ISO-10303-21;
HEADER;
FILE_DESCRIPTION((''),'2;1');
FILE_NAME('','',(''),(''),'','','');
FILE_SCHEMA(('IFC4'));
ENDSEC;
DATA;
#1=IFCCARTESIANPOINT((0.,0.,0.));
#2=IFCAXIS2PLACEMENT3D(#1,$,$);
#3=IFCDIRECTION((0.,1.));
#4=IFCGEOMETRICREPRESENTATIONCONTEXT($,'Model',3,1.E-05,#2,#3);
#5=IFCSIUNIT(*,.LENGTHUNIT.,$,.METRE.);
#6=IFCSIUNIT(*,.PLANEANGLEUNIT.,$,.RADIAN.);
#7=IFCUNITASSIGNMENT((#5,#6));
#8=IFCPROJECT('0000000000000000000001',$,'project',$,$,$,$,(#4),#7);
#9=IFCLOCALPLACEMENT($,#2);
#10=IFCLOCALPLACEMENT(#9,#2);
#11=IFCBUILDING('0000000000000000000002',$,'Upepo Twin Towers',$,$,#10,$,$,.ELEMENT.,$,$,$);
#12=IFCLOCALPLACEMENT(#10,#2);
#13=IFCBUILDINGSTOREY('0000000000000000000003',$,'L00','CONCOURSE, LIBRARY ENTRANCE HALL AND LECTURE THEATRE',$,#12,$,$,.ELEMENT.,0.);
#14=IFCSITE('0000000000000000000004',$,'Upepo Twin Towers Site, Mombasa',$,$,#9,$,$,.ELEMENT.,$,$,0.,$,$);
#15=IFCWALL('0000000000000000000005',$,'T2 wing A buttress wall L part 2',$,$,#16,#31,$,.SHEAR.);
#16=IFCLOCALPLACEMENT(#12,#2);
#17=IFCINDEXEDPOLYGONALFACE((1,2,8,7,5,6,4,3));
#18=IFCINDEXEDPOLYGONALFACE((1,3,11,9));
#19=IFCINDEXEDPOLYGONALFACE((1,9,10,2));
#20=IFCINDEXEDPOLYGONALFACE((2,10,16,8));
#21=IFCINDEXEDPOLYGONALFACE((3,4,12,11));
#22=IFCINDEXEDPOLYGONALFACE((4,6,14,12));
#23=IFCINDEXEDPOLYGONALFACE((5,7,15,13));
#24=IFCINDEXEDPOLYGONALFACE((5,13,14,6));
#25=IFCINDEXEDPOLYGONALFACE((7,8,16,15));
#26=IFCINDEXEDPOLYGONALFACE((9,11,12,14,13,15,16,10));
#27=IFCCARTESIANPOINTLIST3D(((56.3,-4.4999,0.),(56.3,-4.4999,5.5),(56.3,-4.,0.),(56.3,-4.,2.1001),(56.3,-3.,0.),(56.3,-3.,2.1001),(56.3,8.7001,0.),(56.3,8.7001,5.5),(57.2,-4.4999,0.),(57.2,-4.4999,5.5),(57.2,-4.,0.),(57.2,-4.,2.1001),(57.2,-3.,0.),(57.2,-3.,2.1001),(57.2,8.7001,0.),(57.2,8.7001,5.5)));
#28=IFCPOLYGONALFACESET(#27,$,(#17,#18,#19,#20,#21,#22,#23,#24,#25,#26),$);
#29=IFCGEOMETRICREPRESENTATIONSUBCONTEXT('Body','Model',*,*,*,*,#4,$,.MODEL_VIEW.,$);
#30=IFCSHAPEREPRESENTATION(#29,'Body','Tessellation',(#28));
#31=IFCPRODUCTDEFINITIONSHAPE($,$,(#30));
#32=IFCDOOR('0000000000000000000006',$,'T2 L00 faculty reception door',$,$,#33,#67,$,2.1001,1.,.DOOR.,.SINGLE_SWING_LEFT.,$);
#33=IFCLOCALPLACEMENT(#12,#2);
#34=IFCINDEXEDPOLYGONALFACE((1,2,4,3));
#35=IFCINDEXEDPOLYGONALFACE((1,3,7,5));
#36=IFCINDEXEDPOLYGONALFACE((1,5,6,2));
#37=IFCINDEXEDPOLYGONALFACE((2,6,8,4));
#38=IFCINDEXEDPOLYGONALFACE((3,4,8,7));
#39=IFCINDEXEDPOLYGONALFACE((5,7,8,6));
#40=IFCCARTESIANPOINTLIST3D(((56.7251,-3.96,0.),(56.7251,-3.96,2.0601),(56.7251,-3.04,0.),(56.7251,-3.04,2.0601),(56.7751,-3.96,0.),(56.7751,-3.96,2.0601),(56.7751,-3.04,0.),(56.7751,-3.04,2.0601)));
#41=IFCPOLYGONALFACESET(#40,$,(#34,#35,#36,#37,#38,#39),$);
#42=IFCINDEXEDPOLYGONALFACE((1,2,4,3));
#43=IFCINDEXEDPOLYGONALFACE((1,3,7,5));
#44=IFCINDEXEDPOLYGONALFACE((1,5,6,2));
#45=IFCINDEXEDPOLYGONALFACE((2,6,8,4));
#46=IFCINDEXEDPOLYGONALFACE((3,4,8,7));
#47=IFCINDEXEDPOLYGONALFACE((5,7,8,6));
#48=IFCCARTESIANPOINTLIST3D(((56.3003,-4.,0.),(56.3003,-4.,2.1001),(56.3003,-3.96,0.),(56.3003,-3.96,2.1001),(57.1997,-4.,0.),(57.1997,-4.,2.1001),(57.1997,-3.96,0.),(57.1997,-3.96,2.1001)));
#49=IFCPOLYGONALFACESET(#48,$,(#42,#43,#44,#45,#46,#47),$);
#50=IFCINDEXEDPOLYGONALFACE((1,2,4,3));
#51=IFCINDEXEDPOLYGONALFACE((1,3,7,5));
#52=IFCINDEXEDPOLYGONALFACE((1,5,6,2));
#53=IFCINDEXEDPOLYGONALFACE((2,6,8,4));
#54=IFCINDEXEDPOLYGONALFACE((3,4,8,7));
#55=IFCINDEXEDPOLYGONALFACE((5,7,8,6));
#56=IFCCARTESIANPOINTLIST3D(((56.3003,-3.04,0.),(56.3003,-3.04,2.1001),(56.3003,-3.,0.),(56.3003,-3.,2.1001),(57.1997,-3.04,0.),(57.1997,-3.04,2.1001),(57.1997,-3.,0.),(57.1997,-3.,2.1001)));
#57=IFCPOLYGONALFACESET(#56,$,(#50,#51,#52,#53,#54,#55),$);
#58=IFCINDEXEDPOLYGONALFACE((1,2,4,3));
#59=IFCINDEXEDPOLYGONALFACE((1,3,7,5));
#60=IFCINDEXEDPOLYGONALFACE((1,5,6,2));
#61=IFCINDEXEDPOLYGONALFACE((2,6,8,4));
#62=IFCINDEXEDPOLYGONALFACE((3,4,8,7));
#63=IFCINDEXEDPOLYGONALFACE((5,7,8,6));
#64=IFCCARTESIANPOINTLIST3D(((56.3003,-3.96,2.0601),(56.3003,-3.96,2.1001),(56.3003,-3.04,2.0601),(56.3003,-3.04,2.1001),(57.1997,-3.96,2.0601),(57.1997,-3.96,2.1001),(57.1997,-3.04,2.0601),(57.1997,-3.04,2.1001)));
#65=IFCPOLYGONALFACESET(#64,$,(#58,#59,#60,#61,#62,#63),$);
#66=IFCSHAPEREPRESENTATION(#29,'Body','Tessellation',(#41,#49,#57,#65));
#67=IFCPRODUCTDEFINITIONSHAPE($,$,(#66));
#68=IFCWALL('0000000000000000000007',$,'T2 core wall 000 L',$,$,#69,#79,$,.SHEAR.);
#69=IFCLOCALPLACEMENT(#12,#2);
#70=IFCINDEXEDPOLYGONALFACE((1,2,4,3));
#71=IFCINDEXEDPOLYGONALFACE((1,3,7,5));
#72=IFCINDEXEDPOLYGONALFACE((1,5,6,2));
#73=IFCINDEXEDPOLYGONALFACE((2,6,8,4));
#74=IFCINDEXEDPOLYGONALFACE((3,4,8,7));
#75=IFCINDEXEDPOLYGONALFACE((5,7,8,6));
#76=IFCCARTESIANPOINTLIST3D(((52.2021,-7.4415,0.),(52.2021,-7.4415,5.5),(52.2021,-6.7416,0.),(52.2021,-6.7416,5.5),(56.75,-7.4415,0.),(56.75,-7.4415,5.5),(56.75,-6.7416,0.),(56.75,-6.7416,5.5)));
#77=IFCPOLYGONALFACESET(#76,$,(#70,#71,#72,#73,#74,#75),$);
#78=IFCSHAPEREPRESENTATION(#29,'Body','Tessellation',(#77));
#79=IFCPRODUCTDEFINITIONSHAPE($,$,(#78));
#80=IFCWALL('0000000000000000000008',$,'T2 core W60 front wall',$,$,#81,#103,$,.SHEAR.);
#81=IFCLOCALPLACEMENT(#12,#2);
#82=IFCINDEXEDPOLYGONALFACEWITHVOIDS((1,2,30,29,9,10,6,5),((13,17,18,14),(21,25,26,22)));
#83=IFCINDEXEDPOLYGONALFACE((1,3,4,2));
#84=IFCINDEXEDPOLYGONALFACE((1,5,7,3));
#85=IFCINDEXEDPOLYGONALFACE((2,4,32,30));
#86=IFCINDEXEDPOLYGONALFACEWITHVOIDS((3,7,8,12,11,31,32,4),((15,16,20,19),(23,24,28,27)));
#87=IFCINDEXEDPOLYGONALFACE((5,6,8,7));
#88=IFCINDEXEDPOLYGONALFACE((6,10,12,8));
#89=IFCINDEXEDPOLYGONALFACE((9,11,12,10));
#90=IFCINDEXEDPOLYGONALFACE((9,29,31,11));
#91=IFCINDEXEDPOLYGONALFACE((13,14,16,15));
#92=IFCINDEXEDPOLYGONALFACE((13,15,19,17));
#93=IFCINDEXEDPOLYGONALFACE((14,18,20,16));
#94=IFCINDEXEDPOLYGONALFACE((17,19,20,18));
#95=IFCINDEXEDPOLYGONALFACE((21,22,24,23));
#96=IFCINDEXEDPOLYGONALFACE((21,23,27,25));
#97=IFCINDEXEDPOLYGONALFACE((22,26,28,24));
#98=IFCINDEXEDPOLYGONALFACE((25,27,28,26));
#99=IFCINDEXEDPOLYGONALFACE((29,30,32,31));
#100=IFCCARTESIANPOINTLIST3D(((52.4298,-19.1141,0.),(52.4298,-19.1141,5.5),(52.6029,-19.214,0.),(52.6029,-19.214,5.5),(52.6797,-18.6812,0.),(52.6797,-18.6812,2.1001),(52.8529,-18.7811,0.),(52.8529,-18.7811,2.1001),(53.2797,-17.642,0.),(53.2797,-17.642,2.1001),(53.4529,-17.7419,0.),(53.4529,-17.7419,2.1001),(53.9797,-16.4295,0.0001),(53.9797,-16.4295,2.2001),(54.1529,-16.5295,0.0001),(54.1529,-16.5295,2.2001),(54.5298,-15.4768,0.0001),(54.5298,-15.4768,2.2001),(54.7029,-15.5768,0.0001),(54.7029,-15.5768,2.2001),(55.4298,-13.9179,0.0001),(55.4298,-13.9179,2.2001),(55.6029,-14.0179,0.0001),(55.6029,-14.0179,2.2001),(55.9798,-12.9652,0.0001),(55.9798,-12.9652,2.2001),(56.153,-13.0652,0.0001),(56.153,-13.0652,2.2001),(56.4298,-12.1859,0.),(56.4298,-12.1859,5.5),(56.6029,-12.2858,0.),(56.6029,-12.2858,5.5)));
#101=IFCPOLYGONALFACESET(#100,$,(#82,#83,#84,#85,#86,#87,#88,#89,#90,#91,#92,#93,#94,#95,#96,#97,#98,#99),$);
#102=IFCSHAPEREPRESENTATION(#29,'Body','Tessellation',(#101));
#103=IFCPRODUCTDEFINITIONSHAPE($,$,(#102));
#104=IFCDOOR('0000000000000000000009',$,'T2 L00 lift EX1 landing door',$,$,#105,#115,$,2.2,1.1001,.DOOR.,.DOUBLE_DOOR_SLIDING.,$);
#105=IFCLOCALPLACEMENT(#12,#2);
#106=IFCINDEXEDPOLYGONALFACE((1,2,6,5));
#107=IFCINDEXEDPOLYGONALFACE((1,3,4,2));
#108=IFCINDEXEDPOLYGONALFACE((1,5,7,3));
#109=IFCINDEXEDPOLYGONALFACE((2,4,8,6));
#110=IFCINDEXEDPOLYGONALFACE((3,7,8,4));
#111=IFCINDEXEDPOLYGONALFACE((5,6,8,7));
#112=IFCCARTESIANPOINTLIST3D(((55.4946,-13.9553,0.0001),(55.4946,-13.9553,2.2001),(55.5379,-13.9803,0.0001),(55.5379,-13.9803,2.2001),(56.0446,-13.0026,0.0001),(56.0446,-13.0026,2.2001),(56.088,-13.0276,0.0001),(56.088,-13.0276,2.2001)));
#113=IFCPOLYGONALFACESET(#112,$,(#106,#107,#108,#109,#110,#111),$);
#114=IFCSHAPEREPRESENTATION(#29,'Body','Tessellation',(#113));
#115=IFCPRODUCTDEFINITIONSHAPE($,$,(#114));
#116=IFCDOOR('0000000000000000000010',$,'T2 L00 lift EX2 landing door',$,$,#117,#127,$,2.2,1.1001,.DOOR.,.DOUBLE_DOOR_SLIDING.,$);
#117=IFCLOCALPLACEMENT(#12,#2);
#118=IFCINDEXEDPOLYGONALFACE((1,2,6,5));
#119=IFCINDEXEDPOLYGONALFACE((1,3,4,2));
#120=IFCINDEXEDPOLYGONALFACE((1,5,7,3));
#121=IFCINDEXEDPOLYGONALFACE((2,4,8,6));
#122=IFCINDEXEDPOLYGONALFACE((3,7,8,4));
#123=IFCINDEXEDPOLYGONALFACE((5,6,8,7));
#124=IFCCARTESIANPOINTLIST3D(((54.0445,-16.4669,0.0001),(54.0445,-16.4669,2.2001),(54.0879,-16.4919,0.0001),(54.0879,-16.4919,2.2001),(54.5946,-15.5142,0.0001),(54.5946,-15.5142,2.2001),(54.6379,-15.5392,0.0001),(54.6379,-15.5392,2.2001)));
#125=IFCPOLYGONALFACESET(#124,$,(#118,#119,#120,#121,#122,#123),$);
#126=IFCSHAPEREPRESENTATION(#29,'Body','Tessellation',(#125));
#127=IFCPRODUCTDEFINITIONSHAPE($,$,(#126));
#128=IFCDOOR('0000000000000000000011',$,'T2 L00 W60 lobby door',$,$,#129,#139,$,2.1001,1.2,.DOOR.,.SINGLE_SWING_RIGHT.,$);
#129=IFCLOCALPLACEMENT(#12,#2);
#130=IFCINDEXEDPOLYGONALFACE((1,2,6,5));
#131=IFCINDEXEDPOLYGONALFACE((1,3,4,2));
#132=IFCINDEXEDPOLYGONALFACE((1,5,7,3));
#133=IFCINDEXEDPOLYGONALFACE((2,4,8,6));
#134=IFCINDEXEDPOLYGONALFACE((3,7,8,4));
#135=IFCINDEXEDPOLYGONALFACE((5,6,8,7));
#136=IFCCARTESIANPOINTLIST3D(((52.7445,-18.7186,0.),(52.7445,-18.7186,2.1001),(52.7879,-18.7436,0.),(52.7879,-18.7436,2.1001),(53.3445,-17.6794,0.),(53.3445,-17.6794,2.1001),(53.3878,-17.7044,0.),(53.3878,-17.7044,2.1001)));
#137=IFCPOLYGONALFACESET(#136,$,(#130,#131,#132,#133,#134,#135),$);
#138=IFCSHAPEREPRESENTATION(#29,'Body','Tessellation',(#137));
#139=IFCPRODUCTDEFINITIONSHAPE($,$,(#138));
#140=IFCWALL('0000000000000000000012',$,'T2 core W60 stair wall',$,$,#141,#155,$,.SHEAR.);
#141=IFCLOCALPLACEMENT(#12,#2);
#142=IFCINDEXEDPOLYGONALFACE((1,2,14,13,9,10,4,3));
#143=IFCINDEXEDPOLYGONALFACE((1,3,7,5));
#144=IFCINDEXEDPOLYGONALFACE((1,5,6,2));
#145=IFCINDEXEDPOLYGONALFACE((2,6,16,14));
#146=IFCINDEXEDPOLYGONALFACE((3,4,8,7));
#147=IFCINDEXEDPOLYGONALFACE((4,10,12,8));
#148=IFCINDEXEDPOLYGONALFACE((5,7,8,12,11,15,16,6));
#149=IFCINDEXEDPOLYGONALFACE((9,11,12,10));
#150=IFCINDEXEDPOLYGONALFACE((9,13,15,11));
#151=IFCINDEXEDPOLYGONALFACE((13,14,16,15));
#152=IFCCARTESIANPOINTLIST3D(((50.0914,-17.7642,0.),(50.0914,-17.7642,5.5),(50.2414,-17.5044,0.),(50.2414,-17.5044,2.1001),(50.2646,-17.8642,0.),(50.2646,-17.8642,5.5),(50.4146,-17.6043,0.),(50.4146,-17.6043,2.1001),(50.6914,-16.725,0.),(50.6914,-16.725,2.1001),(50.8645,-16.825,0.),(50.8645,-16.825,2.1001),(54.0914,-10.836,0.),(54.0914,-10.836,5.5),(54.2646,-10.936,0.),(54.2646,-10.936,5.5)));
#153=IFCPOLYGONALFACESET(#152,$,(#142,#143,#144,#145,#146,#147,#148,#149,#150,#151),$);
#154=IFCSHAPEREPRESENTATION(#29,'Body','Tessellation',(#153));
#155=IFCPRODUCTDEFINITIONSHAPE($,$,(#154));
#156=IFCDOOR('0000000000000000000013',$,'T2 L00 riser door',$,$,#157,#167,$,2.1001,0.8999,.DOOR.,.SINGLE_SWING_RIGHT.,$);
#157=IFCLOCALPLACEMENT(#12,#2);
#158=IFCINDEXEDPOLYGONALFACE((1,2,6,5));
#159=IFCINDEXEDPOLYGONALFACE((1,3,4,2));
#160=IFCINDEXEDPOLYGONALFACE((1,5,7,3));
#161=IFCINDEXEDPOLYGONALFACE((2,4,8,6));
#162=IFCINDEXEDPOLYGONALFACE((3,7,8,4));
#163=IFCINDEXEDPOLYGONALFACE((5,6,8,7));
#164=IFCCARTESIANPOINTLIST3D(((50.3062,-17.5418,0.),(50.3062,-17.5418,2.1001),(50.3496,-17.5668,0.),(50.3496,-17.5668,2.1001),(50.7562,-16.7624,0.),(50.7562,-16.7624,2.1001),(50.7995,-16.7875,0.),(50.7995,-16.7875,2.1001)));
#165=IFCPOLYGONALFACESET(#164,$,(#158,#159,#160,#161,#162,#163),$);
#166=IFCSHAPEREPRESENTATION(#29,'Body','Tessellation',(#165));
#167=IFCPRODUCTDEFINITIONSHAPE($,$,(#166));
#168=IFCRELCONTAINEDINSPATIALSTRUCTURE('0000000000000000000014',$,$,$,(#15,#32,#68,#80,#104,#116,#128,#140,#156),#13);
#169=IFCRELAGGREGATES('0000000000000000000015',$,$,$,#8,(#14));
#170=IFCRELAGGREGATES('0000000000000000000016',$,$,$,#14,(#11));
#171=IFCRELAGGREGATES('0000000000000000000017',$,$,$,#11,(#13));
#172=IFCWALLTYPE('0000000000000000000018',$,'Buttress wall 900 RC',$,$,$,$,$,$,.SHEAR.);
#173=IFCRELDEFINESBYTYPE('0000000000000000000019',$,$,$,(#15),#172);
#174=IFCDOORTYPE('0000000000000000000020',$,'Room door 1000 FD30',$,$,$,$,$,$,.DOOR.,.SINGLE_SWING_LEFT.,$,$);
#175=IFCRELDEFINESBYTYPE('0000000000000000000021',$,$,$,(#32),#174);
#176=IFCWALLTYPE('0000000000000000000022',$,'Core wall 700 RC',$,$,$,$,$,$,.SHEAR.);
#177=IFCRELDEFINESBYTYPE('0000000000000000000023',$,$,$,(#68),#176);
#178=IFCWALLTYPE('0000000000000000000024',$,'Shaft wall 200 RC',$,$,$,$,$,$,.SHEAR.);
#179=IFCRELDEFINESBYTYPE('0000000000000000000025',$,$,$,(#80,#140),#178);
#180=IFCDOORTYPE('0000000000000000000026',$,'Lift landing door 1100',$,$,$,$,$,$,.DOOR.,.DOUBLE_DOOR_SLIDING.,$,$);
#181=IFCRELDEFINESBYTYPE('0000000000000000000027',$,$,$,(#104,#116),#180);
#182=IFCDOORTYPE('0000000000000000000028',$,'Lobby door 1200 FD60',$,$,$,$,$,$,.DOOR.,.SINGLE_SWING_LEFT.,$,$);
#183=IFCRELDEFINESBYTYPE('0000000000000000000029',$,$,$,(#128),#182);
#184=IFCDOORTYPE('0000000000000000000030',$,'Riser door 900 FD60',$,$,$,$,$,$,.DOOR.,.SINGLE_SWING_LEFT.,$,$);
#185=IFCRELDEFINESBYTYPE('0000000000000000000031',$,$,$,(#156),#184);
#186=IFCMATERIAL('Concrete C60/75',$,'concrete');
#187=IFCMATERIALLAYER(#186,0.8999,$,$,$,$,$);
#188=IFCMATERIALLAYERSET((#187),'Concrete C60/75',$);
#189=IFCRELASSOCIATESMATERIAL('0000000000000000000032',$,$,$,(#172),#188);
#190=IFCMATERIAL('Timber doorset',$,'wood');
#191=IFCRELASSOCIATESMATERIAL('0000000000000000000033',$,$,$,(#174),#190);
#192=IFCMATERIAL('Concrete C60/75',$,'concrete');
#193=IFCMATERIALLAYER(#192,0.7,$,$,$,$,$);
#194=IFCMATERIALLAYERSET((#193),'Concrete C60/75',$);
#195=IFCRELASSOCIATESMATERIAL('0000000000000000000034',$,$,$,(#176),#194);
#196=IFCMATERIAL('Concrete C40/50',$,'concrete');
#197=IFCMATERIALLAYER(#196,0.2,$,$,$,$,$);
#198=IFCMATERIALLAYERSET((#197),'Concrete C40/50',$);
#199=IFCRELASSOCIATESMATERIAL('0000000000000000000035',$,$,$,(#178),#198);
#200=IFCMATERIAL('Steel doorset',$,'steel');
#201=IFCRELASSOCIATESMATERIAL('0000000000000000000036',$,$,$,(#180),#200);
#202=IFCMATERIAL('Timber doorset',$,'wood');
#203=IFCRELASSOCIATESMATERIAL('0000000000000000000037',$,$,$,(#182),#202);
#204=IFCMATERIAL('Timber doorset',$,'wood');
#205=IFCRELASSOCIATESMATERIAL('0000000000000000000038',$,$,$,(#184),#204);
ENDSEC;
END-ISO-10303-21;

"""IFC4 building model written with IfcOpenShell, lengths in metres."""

from ifc_helpers import new_model, si_unit, direction, frame, frame_2d, origin, place, context, subcontext, project, spatial, rectangle, extrude, material, layer, layer_set, type_object, element, fill, save


model = new_model("IFC4")

# Units and contexts
model_context = context("Model", 3, precision=1e-05, world=origin(), true_north=direction((0.0, 1.0)))
body_context = subcontext(model_context, "Body", "Model", "MODEL_VIEW")
ifc_project = project(units=[si_unit("LENGTHUNIT", "METRE"), si_unit("PLANEANGLEUNIT", "RADIAN")], contexts=[model_context])

# Site, building, storey
site_placement = place(None, origin())
site = spatial("IfcSite", under=ifc_project, at=site_placement, Name="Upepo Twin Towers Site, Mombasa", CompositionType="ELEMENT", RefElevation=0.0)
building_placement = place(site_placement, origin())
building = spatial("IfcBuilding", under=site, at=building_placement, Name="Upepo Twin Towers", CompositionType="ELEMENT")
storey_placement = place(building_placement, origin())
storey = spatial("IfcBuildingStorey", under=building, at=storey_placement, Name="L00", Description="CONCOURSE, LIBRARY ENTRANCE HALL AND LECTURE THEATRE", CompositionType="ELEMENT", Elevation=0.0)

# Wall, opening, door
ifc_material_1 = material(Name="Concrete C60/75", Category="concrete")
ifc_layer_1 = layer(ifc_material_1, 0.8999)
ifc_layer_set_1 = layer_set([ifc_layer_1], Name="Concrete C60/75")
wall_type_1 = type_object("IfcWallType", Name="Buttress wall 900 RC", PredefinedType="SHEAR", material=ifc_layer_set_1)
wall_1_placement = place(storey_placement, frame((56.75, -4.5, 0.0), z_axis=(0.0, 0.0, 1.0), x_axis=(0.0, 1.0, 0.0)))
wall_1 = element("IfcWall", 1, at=wall_1_placement, inside=storey, type_object=wall_type_1, Name="T2 wing A buttress wall L part 2", PredefinedType="SHEAR", context=body_context, shape_type="SweptSolid", body=[
    extrude(rectangle(XDim=13.2, YDim=0.8999, at=frame_2d((6.6001, 0.0))), origin(), (0.0, 0.0, 1.0), 5.5),
])
opening_1_placement = place(wall_1_placement, frame((0.5, 0.0, 0.0)))
opening_1 = element("IfcOpeningElement", 2, at=opening_1_placement, cuts=wall_1, PredefinedType="OPENING", context=body_context, shape_type="SweptSolid", body=[
    extrude(rectangle(XDim=1.0, YDim=2.1001, at=frame_2d((0.5, 1.05))), frame((0.0, 0.46, 0.0), z_axis=(0.0, -1.0, 0.0), x_axis=(1.0, 0.0, 0.0)), (0.0, 0.0, 1.0), 0.9199),
])
ifc_material_2 = material(Name="Timber doorset", Category="wood")
door_type_1 = type_object("IfcDoorType", Name="Room door 1000 FD30", OperationType="SINGLE_SWING_LEFT", PredefinedType="DOOR", material=ifc_material_2)
door_1_placement = place(opening_1_placement, origin())
door_1 = element("IfcDoor", 3, at=door_1_placement, inside=storey, type_object=door_type_1, Name="T2 L00 faculty reception door", OperationType="SINGLE_SWING_LEFT", OverallHeight=2.1001, OverallWidth=1.0, PredefinedType="DOOR", context=body_context, shape_type="SweptSolid", body=[
    extrude(rectangle(XDim=0.92, YDim=2.0601, at=frame_2d((0.5, 1.03))), frame((0.0, 0.0249, 0.0), z_axis=(0.0, -1.0, 0.0), x_axis=(1.0, 0.0, 0.0)), (0.0, 0.0, 1.0), 0.05),
    extrude(rectangle(XDim=0.04, YDim=2.1001, at=frame_2d((0.02, 1.05))), frame((0.0, 0.4497, 0.0), z_axis=(0.0, -1.0, 0.0), x_axis=(1.0, 0.0, 0.0)), (0.0, 0.0, 1.0), 0.8994),
    extrude(rectangle(XDim=0.04, YDim=2.1001, at=frame_2d((0.98, 1.05))), frame((0.0, 0.4497, 0.0), z_axis=(0.0, -1.0, 0.0), x_axis=(1.0, 0.0, 0.0)), (0.0, 0.0, 1.0), 0.8994),
    extrude(rectangle(XDim=0.92, YDim=0.04, at=frame_2d((0.5, 2.0801))), frame((0.0, 0.4497, 0.0), z_axis=(0.0, -1.0, 0.0), x_axis=(1.0, 0.0, 0.0)), (0.0, 0.0, 1.0), 0.8994),
])
fill(opening_1, door_1)

# Wall
ifc_material_3 = material(Name="Concrete C60/75", Category="concrete")
ifc_layer_2 = layer(ifc_material_3, 0.7)
ifc_layer_set_2 = layer_set([ifc_layer_2], Name="Concrete C60/75")
wall_type_2 = type_object("IfcWallType", Name="Core wall 700 RC", PredefinedType="SHEAR", material=ifc_layer_set_2)
wall_2_placement = place(storey_placement, frame((56.75, -7.0916, 0.0), z_axis=(0.0, 0.0, 1.0), x_axis=(-1.0, 0.0, 0.0)))
element("IfcWall", 4, at=wall_2_placement, inside=storey, type_object=wall_type_2, Name="T2 core wall 000 L", PredefinedType="SHEAR", context=body_context, shape_type="SweptSolid", body=[
    extrude(rectangle(XDim=4.5479, YDim=0.7, at=frame_2d((2.2739, 0.0))), origin(), (0.0, 0.0, 1.0), 5.5),
])

# Wall, openings, doors
ifc_material_4 = material(Name="Concrete C40/50", Category="concrete")
ifc_layer_3 = layer(ifc_material_4, 0.2)
ifc_layer_set_3 = layer_set([ifc_layer_3], Name="Concrete C40/50")
wall_type_3 = type_object("IfcWallType", Name="Shaft wall 200 RC", PredefinedType="SHEAR", material=ifc_layer_set_3)
wall_3_placement = place(storey_placement, frame((56.5164, -12.2358, 0.0), z_axis=(0.0, 0.0, 1.0), x_axis=(-0.499999, -0.866026, 0.0)))
wall_3 = element("IfcWall", 5, at=wall_3_placement, inside=storey, type_object=wall_type_3, Name="T2 core W60 front wall", PredefinedType="SHEAR", context=body_context, shape_type="SweptSolid", body=[
    extrude(rectangle(XDim=8.0, YDim=0.2, at=frame_2d((4.0, 0.0))), origin(), (0.0, 0.0, 1.0), 5.5),
])
opening_2_placement = place(wall_3_placement, frame((6.3, 0.0, 0.0)))
opening_2 = element("IfcOpeningElement", 6, at=opening_2_placement, cuts=wall_3, PredefinedType="OPENING", context=body_context, shape_type="SweptSolid", body=[
    extrude(rectangle(XDim=1.2, YDim=2.1001, at=frame_2d((0.6001, 1.05))), frame((0.0, 0.1099, 0.0), z_axis=(0.0, -1.0, 0.0), x_axis=(1.0, 0.0, 0.0)), (0.0, 0.0, 1.0), 0.22),
])
opening_3_placement = place(wall_3_placement, frame((0.8999, 0.0, 0.0)))
opening_3 = element("IfcOpeningElement", 7, at=opening_3_placement, cuts=wall_3, PredefinedType="OPENING", context=body_context, shape_type="SweptSolid", body=[
    extrude(rectangle(XDim=1.1001, YDim=2.2, at=frame_2d((0.55, 1.1001))), frame((0.0, 0.1099, 0.0), z_axis=(0.0, -1.0, 0.0), x_axis=(1.0, 0.0, 0.0)), (0.0, 0.0, 1.0), 0.22),
])
opening_4_placement = place(wall_3_placement, frame((3.8, 0.0, 0.0)))
opening_4 = element("IfcOpeningElement", 8, at=opening_4_placement, cuts=wall_3, PredefinedType="OPENING", context=body_context, shape_type="SweptSolid", body=[
    extrude(rectangle(XDim=1.1001, YDim=2.2, at=frame_2d((0.55, 1.1001))), frame((0.0, 0.1099, 0.0), z_axis=(0.0, -1.0, 0.0), x_axis=(1.0, 0.0, 0.0)), (0.0, 0.0, 1.0), 0.22),
])
ifc_material_5 = material(Name="Steel doorset", Category="steel")
door_type_2 = type_object("IfcDoorType", Name="Lift landing door 1100", OperationType="DOUBLE_DOOR_SLIDING", PredefinedType="DOOR", material=ifc_material_5)
door_2_placement = place(opening_3_placement, origin())
door_2 = element("IfcDoor", 9, at=door_2_placement, inside=storey, type_object=door_type_2, Name="T2 L00 lift EX1 landing door", OperationType="DOUBLE_DOOR_SLIDING", OverallHeight=2.2, OverallWidth=1.1001, PredefinedType="DOOR", context=body_context, shape_type="SweptSolid", body=[
    extrude(rectangle(XDim=1.1001, YDim=2.2, at=frame_2d((0.55, 1.1001))), frame((0.0, 0.0249, 0.0), z_axis=(0.0, -1.0, 0.0), x_axis=(1.0, 0.0, 0.0)), (0.0, 0.0, 1.0), 0.05),
])
fill(opening_3, door_2)
door_3_placement = place(opening_4_placement, origin())
door_3 = element("IfcDoor", 10, at=door_3_placement, inside=storey, type_object=door_type_2, Name="T2 L00 lift EX2 landing door", OperationType="DOUBLE_DOOR_SLIDING", OverallHeight=2.2, OverallWidth=1.1001, PredefinedType="DOOR", context=body_context, shape_type="SweptSolid", body=[
    extrude(rectangle(XDim=1.1001, YDim=2.2, at=frame_2d((0.55, 1.1001))), frame((0.0, 0.0249, 0.0), z_axis=(0.0, -1.0, 0.0), x_axis=(1.0, 0.0, 0.0)), (0.0, 0.0, 1.0), 0.05),
])
fill(opening_4, door_3)
ifc_material_6 = material(Name="Timber doorset", Category="wood")
door_type_3 = type_object("IfcDoorType", Name="Lobby door 1200 FD60", OperationType="SINGLE_SWING_LEFT", PredefinedType="DOOR", material=ifc_material_6)
door_4_placement = place(opening_2_placement, origin())
door_4 = element("IfcDoor", 11, at=door_4_placement, inside=storey, type_object=door_type_3, Name="T2 L00 W60 lobby door", OperationType="SINGLE_SWING_RIGHT", OverallHeight=2.1001, OverallWidth=1.2, PredefinedType="DOOR", context=body_context, shape_type="SweptSolid", body=[
    extrude(rectangle(XDim=1.2, YDim=2.1001, at=frame_2d((0.6001, 1.05))), frame((0.0, 0.0249, 0.0), z_axis=(0.0, -1.0, 0.0), x_axis=(1.0, 0.0, 0.0)), (0.0, 0.0, 1.0), 0.05),
])
fill(opening_2, door_4)

# Wall, opening, door
wall_4_placement = place(storey_placement, frame((54.178, -10.886, 0.0), z_axis=(0.0, 0.0, 1.0), x_axis=(-0.499999, -0.866026, 0.0)))
wall_4 = element("IfcWall", 12, at=wall_4_placement, inside=storey, type_object=wall_type_3, Name="T2 core W60 stair wall", PredefinedType="SHEAR", context=body_context, shape_type="SweptSolid", body=[
    extrude(rectangle(XDim=8.0, YDim=0.2, at=frame_2d((4.0, 0.0))), origin(), (0.0, 0.0, 1.0), 5.5),
])
opening_5_placement = place(wall_4_placement, frame((6.8, 0.0, 0.0)))
opening_5 = element("IfcOpeningElement", 13, at=opening_5_placement, cuts=wall_4, PredefinedType="OPENING", context=body_context, shape_type="SweptSolid", body=[
    extrude(rectangle(XDim=0.8999, YDim=2.1001, at=frame_2d((0.45, 1.05))), frame((0.0, 0.1099, 0.0), z_axis=(0.0, -1.0, 0.0), x_axis=(1.0, 0.0, 0.0)), (0.0, 0.0, 1.0), 0.22),
])
ifc_material_7 = material(Name="Timber doorset", Category="wood")
door_type_4 = type_object("IfcDoorType", Name="Riser door 900 FD60", OperationType="SINGLE_SWING_LEFT", PredefinedType="DOOR", material=ifc_material_7)
door_5_placement = place(opening_5_placement, origin())
door_5 = element("IfcDoor", 14, at=door_5_placement, inside=storey, type_object=door_type_4, Name="T2 L00 riser door", OperationType="SINGLE_SWING_RIGHT", OverallHeight=2.1001, OverallWidth=0.8999, PredefinedType="DOOR", context=body_context, shape_type="SweptSolid", body=[
    extrude(rectangle(XDim=0.8999, YDim=2.1001, at=frame_2d((0.45, 1.05))), frame((0.0, 0.0249, 0.0), z_axis=(0.0, -1.0, 0.0), x_axis=(1.0, 0.0, 0.0)), (0.0, 0.0, 1.0), 0.05),
])
fill(opening_5, door_5)

save(model, "model.ifc")
